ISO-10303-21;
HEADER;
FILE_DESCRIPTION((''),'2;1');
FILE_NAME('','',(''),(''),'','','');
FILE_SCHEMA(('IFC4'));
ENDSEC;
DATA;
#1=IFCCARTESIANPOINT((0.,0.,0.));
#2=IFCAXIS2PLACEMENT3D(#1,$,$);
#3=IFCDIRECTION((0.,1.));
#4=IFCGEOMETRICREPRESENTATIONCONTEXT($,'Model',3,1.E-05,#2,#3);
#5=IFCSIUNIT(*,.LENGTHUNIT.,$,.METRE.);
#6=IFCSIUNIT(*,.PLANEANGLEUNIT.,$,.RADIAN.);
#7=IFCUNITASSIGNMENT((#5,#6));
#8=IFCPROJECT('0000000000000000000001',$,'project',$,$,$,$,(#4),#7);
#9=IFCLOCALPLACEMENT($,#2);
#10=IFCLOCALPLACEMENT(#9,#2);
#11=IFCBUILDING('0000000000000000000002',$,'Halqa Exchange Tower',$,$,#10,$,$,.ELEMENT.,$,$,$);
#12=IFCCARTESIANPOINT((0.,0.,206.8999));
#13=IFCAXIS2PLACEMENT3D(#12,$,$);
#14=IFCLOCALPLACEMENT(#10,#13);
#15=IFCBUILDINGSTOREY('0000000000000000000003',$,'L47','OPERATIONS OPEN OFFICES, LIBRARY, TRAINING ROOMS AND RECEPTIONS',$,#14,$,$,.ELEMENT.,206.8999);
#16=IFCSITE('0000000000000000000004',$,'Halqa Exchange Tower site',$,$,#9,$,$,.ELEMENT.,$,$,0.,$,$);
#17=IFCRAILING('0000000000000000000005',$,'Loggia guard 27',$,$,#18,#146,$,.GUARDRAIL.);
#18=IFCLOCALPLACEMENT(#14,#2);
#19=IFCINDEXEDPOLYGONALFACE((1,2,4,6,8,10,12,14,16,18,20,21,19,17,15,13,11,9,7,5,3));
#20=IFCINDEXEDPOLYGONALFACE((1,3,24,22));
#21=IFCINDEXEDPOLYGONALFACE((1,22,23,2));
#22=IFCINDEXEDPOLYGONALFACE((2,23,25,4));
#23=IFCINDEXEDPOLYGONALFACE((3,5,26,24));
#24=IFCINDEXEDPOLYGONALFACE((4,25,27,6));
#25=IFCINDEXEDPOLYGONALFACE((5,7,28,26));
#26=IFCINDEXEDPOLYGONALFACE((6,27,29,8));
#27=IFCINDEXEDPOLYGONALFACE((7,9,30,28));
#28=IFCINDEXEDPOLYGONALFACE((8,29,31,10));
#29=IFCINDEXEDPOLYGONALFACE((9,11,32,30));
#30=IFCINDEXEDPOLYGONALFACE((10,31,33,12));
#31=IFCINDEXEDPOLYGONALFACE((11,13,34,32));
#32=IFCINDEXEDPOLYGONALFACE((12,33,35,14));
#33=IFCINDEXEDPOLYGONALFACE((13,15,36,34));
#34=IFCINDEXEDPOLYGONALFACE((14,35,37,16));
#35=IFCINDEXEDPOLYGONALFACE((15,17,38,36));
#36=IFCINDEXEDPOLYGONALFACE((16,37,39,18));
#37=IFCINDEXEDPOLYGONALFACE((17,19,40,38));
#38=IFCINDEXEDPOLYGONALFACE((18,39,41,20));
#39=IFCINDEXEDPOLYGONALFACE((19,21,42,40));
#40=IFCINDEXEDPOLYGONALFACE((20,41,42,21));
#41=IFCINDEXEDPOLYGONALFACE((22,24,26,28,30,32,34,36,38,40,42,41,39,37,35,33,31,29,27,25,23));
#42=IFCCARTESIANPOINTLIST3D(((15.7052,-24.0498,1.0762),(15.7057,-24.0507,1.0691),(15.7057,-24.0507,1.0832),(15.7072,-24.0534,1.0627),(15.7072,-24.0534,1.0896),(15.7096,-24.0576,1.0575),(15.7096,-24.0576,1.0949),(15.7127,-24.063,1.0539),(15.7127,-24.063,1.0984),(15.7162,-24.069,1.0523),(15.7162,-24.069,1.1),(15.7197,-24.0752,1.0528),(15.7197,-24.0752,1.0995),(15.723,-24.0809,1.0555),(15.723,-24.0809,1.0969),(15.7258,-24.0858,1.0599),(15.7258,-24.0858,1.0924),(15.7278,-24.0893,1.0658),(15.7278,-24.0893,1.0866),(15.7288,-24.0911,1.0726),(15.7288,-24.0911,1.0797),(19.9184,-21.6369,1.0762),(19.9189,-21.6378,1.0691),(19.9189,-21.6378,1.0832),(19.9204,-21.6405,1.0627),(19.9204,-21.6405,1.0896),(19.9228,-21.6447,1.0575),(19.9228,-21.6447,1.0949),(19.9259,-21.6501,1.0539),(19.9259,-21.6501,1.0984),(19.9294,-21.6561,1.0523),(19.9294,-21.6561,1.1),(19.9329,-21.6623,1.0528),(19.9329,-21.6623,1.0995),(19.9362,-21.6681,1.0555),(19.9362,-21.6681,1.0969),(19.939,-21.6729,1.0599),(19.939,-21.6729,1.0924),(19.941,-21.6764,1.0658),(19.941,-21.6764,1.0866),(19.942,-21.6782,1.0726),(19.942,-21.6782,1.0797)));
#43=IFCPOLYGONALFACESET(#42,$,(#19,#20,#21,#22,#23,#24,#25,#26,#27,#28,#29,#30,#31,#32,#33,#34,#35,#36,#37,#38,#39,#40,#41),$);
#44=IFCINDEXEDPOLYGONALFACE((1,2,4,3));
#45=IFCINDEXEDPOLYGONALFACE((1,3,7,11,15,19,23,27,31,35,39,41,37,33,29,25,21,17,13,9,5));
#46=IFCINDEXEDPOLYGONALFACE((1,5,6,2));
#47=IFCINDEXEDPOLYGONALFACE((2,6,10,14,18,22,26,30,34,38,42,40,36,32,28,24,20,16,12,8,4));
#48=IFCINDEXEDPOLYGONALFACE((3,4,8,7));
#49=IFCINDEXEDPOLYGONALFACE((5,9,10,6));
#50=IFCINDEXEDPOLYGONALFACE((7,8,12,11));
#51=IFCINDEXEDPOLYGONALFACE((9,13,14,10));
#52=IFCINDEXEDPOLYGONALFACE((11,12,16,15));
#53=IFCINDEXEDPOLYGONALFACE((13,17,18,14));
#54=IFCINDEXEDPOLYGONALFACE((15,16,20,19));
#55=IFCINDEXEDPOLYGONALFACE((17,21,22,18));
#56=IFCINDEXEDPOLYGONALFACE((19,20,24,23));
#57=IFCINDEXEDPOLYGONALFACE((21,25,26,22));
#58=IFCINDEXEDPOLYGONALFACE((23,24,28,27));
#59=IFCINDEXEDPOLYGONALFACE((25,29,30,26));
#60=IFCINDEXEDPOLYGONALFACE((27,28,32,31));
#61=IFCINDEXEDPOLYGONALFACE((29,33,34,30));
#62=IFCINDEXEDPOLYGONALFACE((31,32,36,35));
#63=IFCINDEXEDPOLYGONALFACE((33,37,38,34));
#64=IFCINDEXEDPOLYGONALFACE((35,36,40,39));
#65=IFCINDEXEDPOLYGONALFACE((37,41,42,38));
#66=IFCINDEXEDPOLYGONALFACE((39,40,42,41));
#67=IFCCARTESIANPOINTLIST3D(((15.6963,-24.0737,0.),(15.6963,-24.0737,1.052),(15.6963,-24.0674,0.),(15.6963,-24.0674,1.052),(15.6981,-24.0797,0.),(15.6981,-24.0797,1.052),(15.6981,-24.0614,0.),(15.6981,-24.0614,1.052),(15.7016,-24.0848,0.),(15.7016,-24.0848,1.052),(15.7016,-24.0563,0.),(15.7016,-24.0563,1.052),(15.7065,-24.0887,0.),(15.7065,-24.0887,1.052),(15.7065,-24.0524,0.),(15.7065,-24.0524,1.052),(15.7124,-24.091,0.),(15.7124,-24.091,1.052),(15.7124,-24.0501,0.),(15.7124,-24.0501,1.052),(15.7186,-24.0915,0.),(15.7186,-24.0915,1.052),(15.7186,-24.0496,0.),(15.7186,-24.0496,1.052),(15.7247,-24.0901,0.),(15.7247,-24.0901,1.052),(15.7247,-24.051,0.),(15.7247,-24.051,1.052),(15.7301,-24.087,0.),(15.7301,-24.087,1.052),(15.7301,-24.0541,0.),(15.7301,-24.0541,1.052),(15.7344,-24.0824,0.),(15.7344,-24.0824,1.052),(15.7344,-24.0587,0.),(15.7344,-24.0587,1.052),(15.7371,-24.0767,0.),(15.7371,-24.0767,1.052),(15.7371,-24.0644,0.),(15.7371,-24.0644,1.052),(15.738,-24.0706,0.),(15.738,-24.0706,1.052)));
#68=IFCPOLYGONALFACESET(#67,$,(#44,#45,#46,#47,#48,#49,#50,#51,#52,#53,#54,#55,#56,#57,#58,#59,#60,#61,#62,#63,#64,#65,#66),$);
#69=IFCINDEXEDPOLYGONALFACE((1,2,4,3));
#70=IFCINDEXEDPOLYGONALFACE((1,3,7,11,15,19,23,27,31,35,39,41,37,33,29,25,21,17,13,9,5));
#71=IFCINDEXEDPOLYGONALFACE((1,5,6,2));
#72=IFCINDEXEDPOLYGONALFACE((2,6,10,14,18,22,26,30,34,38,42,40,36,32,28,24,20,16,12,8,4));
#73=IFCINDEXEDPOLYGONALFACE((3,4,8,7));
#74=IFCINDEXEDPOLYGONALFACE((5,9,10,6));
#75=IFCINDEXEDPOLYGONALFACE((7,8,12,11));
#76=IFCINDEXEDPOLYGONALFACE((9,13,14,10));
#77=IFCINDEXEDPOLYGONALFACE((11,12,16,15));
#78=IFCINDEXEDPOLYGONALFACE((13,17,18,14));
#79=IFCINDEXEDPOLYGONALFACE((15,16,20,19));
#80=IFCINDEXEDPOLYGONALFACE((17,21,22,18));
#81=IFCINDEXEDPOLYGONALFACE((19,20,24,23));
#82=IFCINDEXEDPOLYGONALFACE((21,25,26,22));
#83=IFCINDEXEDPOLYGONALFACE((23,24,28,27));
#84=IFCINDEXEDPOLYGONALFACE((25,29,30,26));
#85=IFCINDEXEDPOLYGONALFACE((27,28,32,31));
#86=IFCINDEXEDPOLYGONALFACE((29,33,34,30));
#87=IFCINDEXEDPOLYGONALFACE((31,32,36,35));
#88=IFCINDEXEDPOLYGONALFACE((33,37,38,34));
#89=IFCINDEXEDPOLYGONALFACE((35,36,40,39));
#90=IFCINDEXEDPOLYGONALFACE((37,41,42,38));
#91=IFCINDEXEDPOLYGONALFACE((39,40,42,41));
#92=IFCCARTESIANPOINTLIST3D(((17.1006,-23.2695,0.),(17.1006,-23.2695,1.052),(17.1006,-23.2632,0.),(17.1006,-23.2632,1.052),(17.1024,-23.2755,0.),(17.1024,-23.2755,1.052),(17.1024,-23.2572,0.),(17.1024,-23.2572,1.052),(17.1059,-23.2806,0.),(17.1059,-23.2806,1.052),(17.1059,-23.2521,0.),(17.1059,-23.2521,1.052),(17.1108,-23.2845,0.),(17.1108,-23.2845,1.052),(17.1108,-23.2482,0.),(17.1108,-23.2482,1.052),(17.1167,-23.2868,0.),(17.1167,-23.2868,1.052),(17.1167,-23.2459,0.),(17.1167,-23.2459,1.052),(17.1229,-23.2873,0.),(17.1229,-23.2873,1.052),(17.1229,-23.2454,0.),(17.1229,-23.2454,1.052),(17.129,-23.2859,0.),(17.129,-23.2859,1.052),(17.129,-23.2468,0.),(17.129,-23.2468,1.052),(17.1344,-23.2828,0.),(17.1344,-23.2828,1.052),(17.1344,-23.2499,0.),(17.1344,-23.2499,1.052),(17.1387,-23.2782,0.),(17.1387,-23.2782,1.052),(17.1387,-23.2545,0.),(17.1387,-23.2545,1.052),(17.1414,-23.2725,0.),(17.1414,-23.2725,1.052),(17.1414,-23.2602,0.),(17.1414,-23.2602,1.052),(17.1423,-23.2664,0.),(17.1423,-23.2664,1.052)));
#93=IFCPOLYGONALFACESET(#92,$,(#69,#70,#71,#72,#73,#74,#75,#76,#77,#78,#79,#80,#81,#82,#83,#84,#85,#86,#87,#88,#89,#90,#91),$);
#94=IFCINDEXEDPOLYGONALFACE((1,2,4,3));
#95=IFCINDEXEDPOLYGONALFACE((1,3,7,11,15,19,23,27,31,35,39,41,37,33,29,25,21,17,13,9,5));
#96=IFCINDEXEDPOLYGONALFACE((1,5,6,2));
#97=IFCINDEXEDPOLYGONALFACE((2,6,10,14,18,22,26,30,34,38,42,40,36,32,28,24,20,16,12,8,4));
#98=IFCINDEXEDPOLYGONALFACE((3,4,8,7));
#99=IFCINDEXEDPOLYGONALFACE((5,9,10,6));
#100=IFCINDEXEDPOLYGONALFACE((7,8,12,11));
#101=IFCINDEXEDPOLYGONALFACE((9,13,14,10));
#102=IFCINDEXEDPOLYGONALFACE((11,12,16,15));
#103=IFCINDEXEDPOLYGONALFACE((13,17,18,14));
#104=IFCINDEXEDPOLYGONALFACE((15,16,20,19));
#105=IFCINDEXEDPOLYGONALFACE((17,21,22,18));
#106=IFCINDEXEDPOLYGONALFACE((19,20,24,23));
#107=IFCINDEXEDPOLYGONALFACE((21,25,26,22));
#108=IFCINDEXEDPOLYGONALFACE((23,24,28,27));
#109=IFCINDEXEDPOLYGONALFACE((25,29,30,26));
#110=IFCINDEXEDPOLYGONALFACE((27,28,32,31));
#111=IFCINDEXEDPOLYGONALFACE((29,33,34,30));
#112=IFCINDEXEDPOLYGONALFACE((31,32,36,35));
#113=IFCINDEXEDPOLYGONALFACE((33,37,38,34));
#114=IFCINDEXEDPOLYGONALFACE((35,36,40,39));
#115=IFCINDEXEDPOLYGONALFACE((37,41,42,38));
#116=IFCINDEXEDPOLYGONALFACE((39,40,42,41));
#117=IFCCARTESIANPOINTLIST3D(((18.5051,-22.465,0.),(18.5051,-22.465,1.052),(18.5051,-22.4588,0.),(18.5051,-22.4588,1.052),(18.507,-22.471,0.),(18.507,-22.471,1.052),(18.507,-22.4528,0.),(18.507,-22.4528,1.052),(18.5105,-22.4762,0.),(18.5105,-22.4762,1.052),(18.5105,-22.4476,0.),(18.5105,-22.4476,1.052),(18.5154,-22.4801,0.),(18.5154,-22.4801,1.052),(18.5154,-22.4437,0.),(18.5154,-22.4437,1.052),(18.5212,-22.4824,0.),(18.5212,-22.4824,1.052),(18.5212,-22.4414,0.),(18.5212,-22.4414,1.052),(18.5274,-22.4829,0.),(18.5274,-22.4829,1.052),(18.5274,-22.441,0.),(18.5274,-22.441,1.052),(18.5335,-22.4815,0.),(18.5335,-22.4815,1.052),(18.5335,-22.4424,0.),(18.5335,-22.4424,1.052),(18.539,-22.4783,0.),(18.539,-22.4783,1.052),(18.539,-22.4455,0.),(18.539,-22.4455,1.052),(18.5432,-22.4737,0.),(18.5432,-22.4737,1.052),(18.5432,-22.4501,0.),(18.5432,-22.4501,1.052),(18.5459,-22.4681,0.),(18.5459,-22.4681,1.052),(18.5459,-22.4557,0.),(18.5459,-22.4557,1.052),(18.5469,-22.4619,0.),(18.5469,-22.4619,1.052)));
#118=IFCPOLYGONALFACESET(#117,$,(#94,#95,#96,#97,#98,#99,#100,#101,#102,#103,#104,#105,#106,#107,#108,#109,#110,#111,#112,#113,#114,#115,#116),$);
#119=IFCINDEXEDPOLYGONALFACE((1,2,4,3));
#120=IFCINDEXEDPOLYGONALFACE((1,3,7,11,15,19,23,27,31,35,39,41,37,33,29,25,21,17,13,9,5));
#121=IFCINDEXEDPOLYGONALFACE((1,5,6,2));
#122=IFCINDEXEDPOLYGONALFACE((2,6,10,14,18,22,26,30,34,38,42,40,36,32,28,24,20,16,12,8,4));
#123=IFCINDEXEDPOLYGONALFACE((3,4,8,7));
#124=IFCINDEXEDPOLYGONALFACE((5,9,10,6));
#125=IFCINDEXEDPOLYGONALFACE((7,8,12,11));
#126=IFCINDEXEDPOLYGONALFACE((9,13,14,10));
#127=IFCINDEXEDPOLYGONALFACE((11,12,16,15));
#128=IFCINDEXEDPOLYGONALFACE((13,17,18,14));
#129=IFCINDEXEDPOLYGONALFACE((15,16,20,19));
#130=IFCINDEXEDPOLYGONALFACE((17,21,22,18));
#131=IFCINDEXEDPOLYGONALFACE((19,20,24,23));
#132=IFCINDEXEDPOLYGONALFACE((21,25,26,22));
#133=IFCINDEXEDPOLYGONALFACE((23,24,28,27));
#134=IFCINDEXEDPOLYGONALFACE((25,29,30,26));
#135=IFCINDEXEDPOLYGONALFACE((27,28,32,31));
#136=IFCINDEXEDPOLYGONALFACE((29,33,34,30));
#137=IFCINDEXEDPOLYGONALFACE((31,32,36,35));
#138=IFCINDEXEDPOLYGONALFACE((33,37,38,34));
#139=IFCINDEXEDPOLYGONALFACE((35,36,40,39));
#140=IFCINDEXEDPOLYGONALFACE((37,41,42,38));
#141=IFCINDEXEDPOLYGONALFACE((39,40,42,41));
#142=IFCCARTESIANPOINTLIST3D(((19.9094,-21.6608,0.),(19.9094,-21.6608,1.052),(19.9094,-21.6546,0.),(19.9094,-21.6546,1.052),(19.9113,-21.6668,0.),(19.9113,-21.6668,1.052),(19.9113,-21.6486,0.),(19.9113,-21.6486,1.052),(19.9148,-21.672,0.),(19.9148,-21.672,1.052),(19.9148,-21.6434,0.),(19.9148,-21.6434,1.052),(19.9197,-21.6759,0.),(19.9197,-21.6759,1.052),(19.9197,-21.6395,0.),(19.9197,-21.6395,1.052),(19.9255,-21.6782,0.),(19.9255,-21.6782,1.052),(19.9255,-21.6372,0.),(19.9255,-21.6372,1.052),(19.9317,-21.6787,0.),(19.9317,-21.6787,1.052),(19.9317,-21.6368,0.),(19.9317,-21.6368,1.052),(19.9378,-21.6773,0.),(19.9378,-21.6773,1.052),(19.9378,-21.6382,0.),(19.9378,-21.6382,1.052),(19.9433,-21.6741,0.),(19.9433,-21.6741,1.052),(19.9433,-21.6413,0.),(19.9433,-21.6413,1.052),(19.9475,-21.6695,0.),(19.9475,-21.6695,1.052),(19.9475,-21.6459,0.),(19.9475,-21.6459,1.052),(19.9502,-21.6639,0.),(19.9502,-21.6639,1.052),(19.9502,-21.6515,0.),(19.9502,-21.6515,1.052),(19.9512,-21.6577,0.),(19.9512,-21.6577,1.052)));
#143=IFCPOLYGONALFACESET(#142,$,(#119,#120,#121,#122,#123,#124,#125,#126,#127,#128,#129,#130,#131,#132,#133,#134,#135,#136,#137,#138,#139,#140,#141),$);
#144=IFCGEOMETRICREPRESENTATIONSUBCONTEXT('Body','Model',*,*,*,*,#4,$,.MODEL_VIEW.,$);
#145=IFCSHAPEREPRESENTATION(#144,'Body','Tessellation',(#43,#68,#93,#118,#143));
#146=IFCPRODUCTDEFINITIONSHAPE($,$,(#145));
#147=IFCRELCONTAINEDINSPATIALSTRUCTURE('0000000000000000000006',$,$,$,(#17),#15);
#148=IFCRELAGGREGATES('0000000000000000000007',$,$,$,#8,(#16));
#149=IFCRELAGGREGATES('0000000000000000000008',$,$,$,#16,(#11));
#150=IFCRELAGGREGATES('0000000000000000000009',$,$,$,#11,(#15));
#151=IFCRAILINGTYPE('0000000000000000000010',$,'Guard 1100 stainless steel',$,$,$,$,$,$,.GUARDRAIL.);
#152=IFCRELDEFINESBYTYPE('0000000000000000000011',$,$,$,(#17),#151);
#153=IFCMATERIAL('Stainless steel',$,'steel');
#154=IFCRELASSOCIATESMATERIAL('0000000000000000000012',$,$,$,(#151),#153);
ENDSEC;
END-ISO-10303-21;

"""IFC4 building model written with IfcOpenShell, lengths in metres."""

from ifc_helpers import new_model, si_unit, direction, frame, origin, origin_2d, place, context, subcontext, project, spatial, circle, extrude, material, type_object, element, save


model = new_model("IFC4")

# Units and contexts
model_context = context("Model", 3, precision=1e-05, world=origin(), true_north=direction((0.0, 1.0)))
body_context = subcontext(model_context, "Body", "Model", "MODEL_VIEW")
ifc_project = project(units=[si_unit("LENGTHUNIT", "METRE"), si_unit("PLANEANGLEUNIT", "RADIAN")], contexts=[model_context])

# Site, building, storey
site_placement = place(None, origin())
site = spatial("IfcSite", under=ifc_project, at=site_placement, Name="Halqa Exchange Tower site", CompositionType="ELEMENT", RefElevation=0.0)
building_placement = place(site_placement, origin())
building = spatial("IfcBuilding", under=site, at=building_placement, Name="Halqa Exchange Tower", CompositionType="ELEMENT")
storey_placement = place(building_placement, frame((0.0, 0.0, 206.8999)))
storey = spatial("IfcBuildingStorey", under=building, at=storey_placement, Name="L47", Description="OPERATIONS OPEN OFFICES, LIBRARY, TRAINING ROOMS AND RECEPTIONS", CompositionType="ELEMENT", Elevation=206.8999)

# Railing
ifc_material_1 = material(Name="Stainless steel", Category="steel")
railing_type = type_object("IfcRailingType", Name="Guard 1100 stainless steel", PredefinedType="GUARDRAIL", material=ifc_material_1)
railing_1_placement = place(storey_placement, frame((15.717, -24.0706, 0.0)))
element("IfcRailing", 1, at=railing_1_placement, inside=storey, type_object=railing_type, Name="Loggia guard 27", PredefinedType="GUARDRAIL", context=body_context, shape_type="SweptSolid", body=[
    extrude(circle(Radius=0.0239, at=origin_2d()), frame((0.0, 0.0, 1.0762), z_axis=(0.867769, 0.496967, 0.0), x_axis=(-0.496967, 0.867769, 0.0)), (0.0, 0.0, 1.0), 4.8552),
    extrude(circle(Radius=0.021, at=origin_2d()), origin(), (0.0, 0.0, 1.0), 1.052),
    extrude(circle(Radius=0.021, at=origin_2d()), frame((1.4043, 0.8042, 0.0)), (0.0, 0.0, 1.0), 1.052),
    extrude(circle(Radius=0.021, at=origin_2d()), frame((2.8088, 1.6086, 0.0)), (0.0, 0.0, 1.0), 1.052),
    extrude(circle(Radius=0.021, at=origin_2d()), frame((4.2131, 2.4128, 0.0)), (0.0, 0.0, 1.0), 1.052),
])

save(model, "model.ifc")
